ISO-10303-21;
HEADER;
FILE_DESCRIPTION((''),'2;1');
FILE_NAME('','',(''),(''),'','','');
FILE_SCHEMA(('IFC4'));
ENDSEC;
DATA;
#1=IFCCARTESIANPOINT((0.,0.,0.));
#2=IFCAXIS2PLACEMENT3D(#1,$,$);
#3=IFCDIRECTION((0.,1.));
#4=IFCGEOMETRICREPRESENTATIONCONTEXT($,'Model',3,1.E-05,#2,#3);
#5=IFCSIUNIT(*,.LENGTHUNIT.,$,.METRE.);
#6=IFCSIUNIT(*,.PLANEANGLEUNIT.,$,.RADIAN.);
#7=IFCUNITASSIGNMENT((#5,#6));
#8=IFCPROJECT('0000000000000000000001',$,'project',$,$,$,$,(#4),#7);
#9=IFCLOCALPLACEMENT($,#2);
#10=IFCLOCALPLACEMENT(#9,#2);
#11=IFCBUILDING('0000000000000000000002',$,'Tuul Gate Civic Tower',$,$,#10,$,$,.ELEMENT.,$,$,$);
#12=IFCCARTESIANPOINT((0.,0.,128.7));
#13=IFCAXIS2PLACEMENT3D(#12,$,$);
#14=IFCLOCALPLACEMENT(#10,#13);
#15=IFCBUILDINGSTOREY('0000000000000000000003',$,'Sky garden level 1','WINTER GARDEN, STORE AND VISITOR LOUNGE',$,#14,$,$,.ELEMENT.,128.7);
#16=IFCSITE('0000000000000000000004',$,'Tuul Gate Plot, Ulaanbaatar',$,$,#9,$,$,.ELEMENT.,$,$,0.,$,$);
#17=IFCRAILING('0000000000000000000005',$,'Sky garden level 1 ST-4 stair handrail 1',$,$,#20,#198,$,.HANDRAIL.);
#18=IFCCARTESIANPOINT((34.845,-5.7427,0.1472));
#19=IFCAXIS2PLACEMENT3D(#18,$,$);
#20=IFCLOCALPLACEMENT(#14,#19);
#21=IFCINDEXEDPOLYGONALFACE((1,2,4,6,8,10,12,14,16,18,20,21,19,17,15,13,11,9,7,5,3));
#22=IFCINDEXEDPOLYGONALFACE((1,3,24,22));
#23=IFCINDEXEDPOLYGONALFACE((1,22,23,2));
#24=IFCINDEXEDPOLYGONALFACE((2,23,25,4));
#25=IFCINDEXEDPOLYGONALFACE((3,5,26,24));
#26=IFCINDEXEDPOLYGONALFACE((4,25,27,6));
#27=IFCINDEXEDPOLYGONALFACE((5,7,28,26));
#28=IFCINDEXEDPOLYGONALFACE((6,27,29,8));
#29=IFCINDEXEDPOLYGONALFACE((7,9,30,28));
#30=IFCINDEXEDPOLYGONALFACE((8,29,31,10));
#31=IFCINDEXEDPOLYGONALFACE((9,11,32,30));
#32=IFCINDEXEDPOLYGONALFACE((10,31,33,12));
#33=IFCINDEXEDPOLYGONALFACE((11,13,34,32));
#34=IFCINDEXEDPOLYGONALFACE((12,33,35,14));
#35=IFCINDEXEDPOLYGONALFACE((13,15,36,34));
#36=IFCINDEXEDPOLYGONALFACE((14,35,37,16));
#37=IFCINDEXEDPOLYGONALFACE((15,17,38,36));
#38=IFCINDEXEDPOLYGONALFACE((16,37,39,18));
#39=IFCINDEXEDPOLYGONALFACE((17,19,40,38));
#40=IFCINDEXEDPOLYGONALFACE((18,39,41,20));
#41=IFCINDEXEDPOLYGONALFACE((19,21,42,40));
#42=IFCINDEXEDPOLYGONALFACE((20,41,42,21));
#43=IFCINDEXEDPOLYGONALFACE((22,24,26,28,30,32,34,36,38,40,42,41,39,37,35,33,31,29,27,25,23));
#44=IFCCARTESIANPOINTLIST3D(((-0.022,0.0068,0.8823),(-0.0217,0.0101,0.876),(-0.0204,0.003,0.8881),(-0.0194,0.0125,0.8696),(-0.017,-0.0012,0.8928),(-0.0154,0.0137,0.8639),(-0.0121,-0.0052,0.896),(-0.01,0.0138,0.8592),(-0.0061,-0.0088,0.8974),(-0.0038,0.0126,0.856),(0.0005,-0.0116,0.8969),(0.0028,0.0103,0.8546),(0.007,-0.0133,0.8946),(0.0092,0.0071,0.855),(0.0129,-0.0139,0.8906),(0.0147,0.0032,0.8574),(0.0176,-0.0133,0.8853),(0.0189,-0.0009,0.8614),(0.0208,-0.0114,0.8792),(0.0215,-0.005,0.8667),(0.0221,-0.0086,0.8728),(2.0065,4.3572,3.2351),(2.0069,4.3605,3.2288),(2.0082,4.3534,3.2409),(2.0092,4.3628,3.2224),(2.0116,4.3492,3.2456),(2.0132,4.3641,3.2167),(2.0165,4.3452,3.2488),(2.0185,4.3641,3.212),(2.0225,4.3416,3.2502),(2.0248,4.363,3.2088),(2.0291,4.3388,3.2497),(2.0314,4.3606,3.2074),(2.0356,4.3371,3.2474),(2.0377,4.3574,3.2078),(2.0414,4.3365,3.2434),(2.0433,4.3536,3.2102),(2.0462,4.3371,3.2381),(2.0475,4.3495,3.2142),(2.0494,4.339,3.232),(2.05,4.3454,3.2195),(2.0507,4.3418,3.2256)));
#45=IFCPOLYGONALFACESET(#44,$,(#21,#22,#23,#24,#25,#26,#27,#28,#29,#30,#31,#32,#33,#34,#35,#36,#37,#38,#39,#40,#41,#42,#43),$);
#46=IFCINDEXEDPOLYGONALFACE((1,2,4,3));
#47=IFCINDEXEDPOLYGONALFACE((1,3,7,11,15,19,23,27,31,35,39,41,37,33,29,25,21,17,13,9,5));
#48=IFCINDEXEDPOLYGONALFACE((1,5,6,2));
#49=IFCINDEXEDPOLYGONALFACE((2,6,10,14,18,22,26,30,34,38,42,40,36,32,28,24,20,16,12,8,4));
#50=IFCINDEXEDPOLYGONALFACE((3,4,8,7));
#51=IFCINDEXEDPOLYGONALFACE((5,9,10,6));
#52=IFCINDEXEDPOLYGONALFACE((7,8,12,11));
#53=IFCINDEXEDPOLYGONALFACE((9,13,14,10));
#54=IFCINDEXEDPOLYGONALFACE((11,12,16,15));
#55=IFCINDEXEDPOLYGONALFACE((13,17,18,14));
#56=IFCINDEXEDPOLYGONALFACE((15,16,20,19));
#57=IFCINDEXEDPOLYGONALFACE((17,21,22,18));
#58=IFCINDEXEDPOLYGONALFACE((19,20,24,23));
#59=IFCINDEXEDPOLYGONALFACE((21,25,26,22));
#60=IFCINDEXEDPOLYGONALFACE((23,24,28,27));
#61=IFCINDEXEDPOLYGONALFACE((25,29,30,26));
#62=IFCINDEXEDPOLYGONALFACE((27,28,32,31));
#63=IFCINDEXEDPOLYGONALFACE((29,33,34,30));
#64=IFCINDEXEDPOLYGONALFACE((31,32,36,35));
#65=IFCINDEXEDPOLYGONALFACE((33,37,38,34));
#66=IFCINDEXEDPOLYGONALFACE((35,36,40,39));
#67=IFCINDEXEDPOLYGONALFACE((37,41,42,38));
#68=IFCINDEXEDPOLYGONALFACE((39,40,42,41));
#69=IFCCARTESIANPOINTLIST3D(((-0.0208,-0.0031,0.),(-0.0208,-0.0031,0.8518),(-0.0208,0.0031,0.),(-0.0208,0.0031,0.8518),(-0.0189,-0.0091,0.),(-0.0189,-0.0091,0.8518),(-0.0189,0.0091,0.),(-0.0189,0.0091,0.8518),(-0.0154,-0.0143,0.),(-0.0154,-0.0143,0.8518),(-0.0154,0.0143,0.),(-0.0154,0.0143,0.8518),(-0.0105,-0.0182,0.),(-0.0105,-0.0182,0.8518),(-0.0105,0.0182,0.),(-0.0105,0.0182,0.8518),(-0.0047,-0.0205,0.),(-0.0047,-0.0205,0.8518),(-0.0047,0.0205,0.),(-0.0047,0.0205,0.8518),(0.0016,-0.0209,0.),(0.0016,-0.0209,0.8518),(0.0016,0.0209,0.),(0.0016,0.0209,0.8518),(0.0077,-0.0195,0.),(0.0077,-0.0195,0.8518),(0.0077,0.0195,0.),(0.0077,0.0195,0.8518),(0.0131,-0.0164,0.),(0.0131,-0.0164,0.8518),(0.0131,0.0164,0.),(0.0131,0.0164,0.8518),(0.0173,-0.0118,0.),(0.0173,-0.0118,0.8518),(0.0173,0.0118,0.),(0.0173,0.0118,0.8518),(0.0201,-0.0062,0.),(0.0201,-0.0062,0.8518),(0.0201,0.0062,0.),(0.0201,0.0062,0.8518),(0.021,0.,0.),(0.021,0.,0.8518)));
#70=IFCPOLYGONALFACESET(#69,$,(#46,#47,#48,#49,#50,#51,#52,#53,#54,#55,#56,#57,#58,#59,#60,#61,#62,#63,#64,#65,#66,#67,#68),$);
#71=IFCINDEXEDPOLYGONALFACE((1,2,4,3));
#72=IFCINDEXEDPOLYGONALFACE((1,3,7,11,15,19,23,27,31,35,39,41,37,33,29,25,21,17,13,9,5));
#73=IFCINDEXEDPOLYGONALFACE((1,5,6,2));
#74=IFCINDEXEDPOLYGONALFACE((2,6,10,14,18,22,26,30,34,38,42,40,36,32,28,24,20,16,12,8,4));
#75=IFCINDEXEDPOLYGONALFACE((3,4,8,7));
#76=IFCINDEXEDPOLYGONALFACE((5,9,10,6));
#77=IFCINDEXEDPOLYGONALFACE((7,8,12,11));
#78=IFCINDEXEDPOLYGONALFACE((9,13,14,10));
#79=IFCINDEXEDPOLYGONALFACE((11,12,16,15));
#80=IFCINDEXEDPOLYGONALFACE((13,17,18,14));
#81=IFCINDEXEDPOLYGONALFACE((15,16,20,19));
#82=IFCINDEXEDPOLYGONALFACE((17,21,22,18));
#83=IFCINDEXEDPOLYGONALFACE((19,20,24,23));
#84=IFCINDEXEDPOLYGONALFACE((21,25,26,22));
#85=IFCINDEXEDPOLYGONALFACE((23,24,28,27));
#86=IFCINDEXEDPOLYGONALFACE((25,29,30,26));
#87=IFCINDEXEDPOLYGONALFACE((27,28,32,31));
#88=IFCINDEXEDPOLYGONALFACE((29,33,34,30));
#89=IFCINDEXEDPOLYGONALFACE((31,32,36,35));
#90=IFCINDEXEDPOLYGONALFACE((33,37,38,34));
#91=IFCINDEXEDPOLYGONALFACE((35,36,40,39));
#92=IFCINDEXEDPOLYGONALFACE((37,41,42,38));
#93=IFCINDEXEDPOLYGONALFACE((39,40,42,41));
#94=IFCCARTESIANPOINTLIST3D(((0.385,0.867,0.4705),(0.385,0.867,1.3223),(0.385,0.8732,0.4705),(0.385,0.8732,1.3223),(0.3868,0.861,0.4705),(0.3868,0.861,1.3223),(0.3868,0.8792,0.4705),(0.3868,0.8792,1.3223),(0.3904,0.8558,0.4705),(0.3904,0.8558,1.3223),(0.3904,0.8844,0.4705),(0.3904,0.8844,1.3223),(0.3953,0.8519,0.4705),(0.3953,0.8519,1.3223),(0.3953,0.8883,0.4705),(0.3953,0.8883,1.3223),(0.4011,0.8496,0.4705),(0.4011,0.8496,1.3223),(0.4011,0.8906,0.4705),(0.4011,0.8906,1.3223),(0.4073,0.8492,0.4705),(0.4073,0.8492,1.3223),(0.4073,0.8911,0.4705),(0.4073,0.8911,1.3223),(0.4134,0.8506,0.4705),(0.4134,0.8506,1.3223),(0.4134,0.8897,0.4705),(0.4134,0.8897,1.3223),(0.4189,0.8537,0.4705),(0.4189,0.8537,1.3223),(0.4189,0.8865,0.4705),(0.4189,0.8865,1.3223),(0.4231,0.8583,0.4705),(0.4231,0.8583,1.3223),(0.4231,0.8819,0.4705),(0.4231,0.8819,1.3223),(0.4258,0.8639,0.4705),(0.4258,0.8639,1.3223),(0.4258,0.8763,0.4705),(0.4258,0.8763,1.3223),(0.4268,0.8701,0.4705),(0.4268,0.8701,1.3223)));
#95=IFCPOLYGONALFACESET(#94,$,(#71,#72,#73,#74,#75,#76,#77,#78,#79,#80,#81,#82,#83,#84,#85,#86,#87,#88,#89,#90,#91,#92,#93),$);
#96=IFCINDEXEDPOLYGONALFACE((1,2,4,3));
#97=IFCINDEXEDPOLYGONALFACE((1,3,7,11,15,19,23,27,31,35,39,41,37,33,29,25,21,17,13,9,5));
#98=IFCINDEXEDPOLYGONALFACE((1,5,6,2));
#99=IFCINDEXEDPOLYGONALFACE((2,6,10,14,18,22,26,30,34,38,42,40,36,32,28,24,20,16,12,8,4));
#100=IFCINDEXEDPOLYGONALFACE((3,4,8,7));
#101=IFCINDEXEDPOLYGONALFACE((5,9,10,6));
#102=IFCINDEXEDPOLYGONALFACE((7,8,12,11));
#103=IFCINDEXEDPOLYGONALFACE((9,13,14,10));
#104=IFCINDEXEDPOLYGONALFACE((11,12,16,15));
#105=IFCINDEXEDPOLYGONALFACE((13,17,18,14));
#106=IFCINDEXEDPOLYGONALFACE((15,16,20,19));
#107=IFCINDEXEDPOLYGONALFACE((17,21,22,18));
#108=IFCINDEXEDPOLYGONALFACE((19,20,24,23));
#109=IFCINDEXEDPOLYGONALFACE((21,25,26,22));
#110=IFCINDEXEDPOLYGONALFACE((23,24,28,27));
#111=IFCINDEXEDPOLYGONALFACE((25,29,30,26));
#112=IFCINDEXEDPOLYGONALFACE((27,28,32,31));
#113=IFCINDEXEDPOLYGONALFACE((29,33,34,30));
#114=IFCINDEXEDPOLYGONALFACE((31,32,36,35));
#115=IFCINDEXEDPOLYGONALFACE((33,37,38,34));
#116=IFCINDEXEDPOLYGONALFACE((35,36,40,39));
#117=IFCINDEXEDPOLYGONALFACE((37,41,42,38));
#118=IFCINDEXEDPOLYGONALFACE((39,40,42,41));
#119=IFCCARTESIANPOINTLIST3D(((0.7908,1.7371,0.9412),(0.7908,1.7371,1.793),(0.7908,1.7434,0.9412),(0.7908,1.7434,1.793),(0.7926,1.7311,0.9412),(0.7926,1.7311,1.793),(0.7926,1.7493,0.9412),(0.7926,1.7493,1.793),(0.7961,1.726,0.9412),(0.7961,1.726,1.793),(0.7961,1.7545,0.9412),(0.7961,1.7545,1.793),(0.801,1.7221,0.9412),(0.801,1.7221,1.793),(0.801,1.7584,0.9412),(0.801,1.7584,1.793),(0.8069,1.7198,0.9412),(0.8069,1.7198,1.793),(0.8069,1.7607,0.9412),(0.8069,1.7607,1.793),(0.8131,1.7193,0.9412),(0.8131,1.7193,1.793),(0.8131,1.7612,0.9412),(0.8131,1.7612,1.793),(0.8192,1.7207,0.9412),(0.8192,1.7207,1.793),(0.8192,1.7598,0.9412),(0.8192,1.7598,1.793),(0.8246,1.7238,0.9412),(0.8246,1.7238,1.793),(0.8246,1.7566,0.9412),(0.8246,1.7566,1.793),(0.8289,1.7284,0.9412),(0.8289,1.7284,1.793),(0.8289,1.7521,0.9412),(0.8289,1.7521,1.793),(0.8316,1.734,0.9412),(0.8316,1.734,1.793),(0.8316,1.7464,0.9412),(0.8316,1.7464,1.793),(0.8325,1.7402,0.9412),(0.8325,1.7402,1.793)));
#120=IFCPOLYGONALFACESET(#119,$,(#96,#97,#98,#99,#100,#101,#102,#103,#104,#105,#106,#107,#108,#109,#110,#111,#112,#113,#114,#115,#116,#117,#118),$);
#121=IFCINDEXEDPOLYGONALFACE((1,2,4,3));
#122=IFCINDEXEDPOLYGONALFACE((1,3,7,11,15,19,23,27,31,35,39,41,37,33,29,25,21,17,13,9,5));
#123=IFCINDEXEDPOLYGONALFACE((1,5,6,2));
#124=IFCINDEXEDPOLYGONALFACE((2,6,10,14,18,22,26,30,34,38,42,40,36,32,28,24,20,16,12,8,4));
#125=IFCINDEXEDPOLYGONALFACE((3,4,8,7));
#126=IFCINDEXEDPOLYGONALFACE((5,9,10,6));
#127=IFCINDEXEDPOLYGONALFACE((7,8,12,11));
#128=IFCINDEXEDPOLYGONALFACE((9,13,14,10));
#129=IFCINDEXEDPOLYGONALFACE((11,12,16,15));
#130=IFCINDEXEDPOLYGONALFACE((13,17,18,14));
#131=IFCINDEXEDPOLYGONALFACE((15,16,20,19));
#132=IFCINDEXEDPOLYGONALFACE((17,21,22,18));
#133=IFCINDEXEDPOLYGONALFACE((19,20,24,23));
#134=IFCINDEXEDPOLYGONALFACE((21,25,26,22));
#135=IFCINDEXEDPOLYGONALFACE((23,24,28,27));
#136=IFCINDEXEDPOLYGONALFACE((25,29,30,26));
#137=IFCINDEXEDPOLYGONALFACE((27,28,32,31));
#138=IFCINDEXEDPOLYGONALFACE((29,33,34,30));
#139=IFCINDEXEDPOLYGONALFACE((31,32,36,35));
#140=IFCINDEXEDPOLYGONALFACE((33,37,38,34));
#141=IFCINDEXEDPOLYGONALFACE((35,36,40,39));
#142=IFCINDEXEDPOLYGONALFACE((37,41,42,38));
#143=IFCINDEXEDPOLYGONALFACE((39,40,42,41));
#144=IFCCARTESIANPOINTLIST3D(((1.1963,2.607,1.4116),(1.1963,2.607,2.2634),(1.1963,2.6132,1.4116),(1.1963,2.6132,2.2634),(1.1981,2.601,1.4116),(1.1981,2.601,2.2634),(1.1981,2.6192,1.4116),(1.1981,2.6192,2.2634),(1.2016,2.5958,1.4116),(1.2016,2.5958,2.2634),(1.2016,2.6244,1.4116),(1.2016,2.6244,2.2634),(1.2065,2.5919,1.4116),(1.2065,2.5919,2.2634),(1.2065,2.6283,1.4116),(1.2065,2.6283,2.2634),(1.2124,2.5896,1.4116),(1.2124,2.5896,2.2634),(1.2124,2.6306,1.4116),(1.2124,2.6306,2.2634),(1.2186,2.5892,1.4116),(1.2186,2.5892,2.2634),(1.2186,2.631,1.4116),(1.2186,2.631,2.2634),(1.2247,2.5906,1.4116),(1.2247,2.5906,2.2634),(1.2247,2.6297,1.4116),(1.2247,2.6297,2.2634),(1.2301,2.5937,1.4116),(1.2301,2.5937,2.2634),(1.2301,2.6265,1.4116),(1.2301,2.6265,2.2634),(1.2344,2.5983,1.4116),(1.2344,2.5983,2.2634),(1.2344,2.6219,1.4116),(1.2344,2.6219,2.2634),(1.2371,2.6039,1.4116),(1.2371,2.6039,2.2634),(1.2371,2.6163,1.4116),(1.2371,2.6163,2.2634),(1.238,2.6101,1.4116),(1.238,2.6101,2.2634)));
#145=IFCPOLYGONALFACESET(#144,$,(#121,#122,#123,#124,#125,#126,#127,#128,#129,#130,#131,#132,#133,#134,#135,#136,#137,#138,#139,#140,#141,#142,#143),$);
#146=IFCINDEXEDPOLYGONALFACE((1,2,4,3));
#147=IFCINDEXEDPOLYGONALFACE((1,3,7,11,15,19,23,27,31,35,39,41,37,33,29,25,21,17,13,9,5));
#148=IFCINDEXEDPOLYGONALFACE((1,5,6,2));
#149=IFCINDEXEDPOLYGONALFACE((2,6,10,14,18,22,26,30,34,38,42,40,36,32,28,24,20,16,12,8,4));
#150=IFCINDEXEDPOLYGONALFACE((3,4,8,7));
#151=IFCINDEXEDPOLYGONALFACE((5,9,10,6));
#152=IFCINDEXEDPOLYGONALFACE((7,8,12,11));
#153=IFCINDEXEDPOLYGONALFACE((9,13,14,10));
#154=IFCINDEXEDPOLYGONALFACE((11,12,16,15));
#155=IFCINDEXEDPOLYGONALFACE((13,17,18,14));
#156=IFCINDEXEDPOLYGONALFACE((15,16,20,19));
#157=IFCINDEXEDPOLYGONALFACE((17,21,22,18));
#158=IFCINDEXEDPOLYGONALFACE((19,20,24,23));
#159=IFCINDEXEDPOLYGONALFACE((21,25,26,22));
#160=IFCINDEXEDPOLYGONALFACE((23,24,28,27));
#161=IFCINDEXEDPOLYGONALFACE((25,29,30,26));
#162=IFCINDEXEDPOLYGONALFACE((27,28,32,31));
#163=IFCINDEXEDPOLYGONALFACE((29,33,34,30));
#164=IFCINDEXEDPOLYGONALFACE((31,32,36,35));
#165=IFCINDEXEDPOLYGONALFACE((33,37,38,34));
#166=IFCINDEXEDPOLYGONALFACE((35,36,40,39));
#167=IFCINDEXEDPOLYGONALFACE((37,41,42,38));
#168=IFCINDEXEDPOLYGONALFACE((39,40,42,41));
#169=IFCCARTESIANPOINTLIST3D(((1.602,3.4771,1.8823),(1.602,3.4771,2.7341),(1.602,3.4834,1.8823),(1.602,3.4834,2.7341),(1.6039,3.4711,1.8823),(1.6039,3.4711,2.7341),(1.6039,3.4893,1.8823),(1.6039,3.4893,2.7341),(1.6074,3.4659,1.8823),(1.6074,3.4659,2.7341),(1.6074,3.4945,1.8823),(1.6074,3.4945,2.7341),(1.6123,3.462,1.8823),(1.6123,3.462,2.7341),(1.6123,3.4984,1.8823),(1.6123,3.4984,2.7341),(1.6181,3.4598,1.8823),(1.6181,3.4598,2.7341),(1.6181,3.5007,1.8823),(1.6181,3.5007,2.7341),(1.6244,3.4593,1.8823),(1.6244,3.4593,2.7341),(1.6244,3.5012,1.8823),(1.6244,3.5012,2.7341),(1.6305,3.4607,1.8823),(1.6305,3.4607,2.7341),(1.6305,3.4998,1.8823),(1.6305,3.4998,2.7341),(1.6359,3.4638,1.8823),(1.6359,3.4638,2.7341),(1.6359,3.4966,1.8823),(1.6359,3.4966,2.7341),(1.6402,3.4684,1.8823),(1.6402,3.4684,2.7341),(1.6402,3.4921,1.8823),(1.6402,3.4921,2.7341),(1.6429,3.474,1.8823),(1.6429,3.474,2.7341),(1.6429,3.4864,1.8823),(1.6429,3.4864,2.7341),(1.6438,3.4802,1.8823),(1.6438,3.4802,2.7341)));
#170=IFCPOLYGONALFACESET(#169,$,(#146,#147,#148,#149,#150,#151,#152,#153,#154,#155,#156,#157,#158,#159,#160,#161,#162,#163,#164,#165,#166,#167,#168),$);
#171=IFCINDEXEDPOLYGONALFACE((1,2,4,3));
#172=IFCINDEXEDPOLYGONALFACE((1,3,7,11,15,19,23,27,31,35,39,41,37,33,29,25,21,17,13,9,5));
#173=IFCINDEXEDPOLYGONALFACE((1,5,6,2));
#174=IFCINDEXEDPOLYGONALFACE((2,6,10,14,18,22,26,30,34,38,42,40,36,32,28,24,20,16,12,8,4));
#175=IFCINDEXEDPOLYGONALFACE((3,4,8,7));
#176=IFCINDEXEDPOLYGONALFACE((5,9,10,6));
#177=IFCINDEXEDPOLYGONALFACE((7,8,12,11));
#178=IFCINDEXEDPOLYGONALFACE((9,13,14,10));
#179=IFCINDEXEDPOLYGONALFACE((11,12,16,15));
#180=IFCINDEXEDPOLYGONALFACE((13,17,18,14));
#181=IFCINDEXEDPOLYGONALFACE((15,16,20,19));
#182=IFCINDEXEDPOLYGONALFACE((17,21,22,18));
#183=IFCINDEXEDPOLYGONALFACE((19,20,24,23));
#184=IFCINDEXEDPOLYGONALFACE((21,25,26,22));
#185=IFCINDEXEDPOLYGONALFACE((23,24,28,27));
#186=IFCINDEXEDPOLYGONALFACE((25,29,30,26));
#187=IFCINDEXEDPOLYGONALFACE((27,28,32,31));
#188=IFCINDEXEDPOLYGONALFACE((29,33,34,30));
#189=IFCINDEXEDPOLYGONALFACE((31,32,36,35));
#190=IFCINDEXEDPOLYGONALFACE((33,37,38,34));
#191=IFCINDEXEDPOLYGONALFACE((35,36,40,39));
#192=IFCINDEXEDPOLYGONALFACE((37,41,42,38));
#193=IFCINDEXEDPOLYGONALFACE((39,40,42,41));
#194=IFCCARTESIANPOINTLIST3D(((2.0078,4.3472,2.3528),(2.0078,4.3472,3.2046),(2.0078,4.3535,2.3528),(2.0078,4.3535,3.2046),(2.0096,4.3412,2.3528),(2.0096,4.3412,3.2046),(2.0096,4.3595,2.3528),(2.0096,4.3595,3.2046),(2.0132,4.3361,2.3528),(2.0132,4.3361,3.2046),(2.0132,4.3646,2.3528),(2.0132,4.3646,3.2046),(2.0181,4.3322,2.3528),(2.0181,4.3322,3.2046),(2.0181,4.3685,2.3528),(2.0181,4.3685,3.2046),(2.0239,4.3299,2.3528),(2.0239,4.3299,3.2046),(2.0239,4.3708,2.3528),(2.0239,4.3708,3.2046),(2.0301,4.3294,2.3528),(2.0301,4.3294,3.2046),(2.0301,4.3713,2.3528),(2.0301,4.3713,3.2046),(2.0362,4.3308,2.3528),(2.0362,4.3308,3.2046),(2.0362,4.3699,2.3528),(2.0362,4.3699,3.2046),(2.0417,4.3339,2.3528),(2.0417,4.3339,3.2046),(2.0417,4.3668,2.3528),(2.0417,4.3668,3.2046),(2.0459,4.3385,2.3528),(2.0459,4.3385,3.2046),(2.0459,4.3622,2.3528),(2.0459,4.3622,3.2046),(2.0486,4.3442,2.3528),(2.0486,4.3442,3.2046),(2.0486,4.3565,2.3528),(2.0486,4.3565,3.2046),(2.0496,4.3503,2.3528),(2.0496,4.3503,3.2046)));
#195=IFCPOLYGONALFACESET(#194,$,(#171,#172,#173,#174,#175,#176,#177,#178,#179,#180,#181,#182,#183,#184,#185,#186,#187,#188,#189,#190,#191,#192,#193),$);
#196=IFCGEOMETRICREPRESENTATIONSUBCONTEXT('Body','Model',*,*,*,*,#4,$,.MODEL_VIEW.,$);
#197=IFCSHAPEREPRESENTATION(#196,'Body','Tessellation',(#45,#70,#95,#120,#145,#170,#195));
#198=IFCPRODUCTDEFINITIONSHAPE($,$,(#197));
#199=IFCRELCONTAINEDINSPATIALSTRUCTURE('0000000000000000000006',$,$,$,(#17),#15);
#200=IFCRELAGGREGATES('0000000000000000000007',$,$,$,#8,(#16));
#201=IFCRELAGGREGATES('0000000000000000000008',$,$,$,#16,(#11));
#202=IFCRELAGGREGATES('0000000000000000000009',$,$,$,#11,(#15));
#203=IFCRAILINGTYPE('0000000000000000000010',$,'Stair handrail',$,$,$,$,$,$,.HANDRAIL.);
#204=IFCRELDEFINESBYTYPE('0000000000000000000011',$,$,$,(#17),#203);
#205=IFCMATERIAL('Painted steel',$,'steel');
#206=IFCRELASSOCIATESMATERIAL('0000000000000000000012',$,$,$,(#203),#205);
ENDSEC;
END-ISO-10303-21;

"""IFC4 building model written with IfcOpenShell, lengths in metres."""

from ifc_helpers import new_model, si_unit, direction, frame, origin, origin_2d, place, context, subcontext, project, spatial, circle, extrude, material, type_object, element, save


model = new_model("IFC4")

# Units and contexts
model_context = context("Model", 3, precision=1e-05, world=origin(), true_north=direction((0.0, 1.0)))
body_context = subcontext(model_context, "Body", "Model", "MODEL_VIEW")
ifc_project = project(units=[si_unit("LENGTHUNIT", "METRE"), si_unit("PLANEANGLEUNIT", "RADIAN")], contexts=[model_context])

# Site, building, storey
site_placement = place(None, origin())
site = spatial("IfcSite", under=ifc_project, at=site_placement, Name="Tuul Gate Plot, Ulaanbaatar", CompositionType="ELEMENT", RefElevation=0.0)
building_placement = place(site_placement, origin())
building = spatial("IfcBuilding", under=site, at=building_placement, Name="Tuul Gate Civic Tower", CompositionType="ELEMENT")
storey_placement = place(building_placement, frame((0.0, 0.0, 128.7)))
storey = spatial("IfcBuildingStorey", under=building, at=storey_placement, Name="Sky garden level 1", Description="WINTER GARDEN, STORE AND VISITOR LOUNGE", CompositionType="ELEMENT", Elevation=128.7)

# Railing
ifc_material_1 = material(Name="Painted steel", Category="steel")
railing_type = type_object("IfcRailingType", Name="Stair handrail", PredefinedType="HANDRAIL", material=ifc_material_1)
railing_placement = place(storey_placement, frame((34.845, -5.7427, 0.1472)))
element("IfcRailing", 1, at=railing_placement, inside=storey, type_object=railing_type, Name="Sky garden level 1 ST-4 stair handrail 1", PredefinedType="HANDRAIL", context=body_context, shape_type="SweptSolid", body=[
    extrude(circle(Radius=0.0239, at=origin_2d()), frame((0.0, 0.0, 0.876), z_axis=(0.379478, 0.813807, 0.440129), x_axis=(-0.90631, 0.422613, 0.0)), (0.0, 0.0, 1.0), 5.3457),
    extrude(circle(Radius=0.021, at=origin_2d()), origin(), (0.0, 0.0, 1.0), 0.8518),
    extrude(circle(Radius=0.021, at=origin_2d()), frame((0.4058, 0.8701, 0.4705)), (0.0, 0.0, 1.0), 0.8518),
    extrude(circle(Radius=0.021, at=origin_2d()), frame((0.8115, 1.7402, 0.9412)), (0.0, 0.0, 1.0), 0.8518),
    extrude(circle(Radius=0.021, at=origin_2d()), frame((1.217, 2.6101, 1.4116)), (0.0, 0.0, 1.0), 0.8518),
    extrude(circle(Radius=0.021, at=origin_2d()), frame((1.6228, 3.4802, 1.8823)), (0.0, 0.0, 1.0), 0.8518),
    extrude(circle(Radius=0.021, at=origin_2d()), frame((2.0286, 4.3503, 2.3528)), (0.0, 0.0, 1.0), 0.8518),
])

save(model, "model.ifc")
